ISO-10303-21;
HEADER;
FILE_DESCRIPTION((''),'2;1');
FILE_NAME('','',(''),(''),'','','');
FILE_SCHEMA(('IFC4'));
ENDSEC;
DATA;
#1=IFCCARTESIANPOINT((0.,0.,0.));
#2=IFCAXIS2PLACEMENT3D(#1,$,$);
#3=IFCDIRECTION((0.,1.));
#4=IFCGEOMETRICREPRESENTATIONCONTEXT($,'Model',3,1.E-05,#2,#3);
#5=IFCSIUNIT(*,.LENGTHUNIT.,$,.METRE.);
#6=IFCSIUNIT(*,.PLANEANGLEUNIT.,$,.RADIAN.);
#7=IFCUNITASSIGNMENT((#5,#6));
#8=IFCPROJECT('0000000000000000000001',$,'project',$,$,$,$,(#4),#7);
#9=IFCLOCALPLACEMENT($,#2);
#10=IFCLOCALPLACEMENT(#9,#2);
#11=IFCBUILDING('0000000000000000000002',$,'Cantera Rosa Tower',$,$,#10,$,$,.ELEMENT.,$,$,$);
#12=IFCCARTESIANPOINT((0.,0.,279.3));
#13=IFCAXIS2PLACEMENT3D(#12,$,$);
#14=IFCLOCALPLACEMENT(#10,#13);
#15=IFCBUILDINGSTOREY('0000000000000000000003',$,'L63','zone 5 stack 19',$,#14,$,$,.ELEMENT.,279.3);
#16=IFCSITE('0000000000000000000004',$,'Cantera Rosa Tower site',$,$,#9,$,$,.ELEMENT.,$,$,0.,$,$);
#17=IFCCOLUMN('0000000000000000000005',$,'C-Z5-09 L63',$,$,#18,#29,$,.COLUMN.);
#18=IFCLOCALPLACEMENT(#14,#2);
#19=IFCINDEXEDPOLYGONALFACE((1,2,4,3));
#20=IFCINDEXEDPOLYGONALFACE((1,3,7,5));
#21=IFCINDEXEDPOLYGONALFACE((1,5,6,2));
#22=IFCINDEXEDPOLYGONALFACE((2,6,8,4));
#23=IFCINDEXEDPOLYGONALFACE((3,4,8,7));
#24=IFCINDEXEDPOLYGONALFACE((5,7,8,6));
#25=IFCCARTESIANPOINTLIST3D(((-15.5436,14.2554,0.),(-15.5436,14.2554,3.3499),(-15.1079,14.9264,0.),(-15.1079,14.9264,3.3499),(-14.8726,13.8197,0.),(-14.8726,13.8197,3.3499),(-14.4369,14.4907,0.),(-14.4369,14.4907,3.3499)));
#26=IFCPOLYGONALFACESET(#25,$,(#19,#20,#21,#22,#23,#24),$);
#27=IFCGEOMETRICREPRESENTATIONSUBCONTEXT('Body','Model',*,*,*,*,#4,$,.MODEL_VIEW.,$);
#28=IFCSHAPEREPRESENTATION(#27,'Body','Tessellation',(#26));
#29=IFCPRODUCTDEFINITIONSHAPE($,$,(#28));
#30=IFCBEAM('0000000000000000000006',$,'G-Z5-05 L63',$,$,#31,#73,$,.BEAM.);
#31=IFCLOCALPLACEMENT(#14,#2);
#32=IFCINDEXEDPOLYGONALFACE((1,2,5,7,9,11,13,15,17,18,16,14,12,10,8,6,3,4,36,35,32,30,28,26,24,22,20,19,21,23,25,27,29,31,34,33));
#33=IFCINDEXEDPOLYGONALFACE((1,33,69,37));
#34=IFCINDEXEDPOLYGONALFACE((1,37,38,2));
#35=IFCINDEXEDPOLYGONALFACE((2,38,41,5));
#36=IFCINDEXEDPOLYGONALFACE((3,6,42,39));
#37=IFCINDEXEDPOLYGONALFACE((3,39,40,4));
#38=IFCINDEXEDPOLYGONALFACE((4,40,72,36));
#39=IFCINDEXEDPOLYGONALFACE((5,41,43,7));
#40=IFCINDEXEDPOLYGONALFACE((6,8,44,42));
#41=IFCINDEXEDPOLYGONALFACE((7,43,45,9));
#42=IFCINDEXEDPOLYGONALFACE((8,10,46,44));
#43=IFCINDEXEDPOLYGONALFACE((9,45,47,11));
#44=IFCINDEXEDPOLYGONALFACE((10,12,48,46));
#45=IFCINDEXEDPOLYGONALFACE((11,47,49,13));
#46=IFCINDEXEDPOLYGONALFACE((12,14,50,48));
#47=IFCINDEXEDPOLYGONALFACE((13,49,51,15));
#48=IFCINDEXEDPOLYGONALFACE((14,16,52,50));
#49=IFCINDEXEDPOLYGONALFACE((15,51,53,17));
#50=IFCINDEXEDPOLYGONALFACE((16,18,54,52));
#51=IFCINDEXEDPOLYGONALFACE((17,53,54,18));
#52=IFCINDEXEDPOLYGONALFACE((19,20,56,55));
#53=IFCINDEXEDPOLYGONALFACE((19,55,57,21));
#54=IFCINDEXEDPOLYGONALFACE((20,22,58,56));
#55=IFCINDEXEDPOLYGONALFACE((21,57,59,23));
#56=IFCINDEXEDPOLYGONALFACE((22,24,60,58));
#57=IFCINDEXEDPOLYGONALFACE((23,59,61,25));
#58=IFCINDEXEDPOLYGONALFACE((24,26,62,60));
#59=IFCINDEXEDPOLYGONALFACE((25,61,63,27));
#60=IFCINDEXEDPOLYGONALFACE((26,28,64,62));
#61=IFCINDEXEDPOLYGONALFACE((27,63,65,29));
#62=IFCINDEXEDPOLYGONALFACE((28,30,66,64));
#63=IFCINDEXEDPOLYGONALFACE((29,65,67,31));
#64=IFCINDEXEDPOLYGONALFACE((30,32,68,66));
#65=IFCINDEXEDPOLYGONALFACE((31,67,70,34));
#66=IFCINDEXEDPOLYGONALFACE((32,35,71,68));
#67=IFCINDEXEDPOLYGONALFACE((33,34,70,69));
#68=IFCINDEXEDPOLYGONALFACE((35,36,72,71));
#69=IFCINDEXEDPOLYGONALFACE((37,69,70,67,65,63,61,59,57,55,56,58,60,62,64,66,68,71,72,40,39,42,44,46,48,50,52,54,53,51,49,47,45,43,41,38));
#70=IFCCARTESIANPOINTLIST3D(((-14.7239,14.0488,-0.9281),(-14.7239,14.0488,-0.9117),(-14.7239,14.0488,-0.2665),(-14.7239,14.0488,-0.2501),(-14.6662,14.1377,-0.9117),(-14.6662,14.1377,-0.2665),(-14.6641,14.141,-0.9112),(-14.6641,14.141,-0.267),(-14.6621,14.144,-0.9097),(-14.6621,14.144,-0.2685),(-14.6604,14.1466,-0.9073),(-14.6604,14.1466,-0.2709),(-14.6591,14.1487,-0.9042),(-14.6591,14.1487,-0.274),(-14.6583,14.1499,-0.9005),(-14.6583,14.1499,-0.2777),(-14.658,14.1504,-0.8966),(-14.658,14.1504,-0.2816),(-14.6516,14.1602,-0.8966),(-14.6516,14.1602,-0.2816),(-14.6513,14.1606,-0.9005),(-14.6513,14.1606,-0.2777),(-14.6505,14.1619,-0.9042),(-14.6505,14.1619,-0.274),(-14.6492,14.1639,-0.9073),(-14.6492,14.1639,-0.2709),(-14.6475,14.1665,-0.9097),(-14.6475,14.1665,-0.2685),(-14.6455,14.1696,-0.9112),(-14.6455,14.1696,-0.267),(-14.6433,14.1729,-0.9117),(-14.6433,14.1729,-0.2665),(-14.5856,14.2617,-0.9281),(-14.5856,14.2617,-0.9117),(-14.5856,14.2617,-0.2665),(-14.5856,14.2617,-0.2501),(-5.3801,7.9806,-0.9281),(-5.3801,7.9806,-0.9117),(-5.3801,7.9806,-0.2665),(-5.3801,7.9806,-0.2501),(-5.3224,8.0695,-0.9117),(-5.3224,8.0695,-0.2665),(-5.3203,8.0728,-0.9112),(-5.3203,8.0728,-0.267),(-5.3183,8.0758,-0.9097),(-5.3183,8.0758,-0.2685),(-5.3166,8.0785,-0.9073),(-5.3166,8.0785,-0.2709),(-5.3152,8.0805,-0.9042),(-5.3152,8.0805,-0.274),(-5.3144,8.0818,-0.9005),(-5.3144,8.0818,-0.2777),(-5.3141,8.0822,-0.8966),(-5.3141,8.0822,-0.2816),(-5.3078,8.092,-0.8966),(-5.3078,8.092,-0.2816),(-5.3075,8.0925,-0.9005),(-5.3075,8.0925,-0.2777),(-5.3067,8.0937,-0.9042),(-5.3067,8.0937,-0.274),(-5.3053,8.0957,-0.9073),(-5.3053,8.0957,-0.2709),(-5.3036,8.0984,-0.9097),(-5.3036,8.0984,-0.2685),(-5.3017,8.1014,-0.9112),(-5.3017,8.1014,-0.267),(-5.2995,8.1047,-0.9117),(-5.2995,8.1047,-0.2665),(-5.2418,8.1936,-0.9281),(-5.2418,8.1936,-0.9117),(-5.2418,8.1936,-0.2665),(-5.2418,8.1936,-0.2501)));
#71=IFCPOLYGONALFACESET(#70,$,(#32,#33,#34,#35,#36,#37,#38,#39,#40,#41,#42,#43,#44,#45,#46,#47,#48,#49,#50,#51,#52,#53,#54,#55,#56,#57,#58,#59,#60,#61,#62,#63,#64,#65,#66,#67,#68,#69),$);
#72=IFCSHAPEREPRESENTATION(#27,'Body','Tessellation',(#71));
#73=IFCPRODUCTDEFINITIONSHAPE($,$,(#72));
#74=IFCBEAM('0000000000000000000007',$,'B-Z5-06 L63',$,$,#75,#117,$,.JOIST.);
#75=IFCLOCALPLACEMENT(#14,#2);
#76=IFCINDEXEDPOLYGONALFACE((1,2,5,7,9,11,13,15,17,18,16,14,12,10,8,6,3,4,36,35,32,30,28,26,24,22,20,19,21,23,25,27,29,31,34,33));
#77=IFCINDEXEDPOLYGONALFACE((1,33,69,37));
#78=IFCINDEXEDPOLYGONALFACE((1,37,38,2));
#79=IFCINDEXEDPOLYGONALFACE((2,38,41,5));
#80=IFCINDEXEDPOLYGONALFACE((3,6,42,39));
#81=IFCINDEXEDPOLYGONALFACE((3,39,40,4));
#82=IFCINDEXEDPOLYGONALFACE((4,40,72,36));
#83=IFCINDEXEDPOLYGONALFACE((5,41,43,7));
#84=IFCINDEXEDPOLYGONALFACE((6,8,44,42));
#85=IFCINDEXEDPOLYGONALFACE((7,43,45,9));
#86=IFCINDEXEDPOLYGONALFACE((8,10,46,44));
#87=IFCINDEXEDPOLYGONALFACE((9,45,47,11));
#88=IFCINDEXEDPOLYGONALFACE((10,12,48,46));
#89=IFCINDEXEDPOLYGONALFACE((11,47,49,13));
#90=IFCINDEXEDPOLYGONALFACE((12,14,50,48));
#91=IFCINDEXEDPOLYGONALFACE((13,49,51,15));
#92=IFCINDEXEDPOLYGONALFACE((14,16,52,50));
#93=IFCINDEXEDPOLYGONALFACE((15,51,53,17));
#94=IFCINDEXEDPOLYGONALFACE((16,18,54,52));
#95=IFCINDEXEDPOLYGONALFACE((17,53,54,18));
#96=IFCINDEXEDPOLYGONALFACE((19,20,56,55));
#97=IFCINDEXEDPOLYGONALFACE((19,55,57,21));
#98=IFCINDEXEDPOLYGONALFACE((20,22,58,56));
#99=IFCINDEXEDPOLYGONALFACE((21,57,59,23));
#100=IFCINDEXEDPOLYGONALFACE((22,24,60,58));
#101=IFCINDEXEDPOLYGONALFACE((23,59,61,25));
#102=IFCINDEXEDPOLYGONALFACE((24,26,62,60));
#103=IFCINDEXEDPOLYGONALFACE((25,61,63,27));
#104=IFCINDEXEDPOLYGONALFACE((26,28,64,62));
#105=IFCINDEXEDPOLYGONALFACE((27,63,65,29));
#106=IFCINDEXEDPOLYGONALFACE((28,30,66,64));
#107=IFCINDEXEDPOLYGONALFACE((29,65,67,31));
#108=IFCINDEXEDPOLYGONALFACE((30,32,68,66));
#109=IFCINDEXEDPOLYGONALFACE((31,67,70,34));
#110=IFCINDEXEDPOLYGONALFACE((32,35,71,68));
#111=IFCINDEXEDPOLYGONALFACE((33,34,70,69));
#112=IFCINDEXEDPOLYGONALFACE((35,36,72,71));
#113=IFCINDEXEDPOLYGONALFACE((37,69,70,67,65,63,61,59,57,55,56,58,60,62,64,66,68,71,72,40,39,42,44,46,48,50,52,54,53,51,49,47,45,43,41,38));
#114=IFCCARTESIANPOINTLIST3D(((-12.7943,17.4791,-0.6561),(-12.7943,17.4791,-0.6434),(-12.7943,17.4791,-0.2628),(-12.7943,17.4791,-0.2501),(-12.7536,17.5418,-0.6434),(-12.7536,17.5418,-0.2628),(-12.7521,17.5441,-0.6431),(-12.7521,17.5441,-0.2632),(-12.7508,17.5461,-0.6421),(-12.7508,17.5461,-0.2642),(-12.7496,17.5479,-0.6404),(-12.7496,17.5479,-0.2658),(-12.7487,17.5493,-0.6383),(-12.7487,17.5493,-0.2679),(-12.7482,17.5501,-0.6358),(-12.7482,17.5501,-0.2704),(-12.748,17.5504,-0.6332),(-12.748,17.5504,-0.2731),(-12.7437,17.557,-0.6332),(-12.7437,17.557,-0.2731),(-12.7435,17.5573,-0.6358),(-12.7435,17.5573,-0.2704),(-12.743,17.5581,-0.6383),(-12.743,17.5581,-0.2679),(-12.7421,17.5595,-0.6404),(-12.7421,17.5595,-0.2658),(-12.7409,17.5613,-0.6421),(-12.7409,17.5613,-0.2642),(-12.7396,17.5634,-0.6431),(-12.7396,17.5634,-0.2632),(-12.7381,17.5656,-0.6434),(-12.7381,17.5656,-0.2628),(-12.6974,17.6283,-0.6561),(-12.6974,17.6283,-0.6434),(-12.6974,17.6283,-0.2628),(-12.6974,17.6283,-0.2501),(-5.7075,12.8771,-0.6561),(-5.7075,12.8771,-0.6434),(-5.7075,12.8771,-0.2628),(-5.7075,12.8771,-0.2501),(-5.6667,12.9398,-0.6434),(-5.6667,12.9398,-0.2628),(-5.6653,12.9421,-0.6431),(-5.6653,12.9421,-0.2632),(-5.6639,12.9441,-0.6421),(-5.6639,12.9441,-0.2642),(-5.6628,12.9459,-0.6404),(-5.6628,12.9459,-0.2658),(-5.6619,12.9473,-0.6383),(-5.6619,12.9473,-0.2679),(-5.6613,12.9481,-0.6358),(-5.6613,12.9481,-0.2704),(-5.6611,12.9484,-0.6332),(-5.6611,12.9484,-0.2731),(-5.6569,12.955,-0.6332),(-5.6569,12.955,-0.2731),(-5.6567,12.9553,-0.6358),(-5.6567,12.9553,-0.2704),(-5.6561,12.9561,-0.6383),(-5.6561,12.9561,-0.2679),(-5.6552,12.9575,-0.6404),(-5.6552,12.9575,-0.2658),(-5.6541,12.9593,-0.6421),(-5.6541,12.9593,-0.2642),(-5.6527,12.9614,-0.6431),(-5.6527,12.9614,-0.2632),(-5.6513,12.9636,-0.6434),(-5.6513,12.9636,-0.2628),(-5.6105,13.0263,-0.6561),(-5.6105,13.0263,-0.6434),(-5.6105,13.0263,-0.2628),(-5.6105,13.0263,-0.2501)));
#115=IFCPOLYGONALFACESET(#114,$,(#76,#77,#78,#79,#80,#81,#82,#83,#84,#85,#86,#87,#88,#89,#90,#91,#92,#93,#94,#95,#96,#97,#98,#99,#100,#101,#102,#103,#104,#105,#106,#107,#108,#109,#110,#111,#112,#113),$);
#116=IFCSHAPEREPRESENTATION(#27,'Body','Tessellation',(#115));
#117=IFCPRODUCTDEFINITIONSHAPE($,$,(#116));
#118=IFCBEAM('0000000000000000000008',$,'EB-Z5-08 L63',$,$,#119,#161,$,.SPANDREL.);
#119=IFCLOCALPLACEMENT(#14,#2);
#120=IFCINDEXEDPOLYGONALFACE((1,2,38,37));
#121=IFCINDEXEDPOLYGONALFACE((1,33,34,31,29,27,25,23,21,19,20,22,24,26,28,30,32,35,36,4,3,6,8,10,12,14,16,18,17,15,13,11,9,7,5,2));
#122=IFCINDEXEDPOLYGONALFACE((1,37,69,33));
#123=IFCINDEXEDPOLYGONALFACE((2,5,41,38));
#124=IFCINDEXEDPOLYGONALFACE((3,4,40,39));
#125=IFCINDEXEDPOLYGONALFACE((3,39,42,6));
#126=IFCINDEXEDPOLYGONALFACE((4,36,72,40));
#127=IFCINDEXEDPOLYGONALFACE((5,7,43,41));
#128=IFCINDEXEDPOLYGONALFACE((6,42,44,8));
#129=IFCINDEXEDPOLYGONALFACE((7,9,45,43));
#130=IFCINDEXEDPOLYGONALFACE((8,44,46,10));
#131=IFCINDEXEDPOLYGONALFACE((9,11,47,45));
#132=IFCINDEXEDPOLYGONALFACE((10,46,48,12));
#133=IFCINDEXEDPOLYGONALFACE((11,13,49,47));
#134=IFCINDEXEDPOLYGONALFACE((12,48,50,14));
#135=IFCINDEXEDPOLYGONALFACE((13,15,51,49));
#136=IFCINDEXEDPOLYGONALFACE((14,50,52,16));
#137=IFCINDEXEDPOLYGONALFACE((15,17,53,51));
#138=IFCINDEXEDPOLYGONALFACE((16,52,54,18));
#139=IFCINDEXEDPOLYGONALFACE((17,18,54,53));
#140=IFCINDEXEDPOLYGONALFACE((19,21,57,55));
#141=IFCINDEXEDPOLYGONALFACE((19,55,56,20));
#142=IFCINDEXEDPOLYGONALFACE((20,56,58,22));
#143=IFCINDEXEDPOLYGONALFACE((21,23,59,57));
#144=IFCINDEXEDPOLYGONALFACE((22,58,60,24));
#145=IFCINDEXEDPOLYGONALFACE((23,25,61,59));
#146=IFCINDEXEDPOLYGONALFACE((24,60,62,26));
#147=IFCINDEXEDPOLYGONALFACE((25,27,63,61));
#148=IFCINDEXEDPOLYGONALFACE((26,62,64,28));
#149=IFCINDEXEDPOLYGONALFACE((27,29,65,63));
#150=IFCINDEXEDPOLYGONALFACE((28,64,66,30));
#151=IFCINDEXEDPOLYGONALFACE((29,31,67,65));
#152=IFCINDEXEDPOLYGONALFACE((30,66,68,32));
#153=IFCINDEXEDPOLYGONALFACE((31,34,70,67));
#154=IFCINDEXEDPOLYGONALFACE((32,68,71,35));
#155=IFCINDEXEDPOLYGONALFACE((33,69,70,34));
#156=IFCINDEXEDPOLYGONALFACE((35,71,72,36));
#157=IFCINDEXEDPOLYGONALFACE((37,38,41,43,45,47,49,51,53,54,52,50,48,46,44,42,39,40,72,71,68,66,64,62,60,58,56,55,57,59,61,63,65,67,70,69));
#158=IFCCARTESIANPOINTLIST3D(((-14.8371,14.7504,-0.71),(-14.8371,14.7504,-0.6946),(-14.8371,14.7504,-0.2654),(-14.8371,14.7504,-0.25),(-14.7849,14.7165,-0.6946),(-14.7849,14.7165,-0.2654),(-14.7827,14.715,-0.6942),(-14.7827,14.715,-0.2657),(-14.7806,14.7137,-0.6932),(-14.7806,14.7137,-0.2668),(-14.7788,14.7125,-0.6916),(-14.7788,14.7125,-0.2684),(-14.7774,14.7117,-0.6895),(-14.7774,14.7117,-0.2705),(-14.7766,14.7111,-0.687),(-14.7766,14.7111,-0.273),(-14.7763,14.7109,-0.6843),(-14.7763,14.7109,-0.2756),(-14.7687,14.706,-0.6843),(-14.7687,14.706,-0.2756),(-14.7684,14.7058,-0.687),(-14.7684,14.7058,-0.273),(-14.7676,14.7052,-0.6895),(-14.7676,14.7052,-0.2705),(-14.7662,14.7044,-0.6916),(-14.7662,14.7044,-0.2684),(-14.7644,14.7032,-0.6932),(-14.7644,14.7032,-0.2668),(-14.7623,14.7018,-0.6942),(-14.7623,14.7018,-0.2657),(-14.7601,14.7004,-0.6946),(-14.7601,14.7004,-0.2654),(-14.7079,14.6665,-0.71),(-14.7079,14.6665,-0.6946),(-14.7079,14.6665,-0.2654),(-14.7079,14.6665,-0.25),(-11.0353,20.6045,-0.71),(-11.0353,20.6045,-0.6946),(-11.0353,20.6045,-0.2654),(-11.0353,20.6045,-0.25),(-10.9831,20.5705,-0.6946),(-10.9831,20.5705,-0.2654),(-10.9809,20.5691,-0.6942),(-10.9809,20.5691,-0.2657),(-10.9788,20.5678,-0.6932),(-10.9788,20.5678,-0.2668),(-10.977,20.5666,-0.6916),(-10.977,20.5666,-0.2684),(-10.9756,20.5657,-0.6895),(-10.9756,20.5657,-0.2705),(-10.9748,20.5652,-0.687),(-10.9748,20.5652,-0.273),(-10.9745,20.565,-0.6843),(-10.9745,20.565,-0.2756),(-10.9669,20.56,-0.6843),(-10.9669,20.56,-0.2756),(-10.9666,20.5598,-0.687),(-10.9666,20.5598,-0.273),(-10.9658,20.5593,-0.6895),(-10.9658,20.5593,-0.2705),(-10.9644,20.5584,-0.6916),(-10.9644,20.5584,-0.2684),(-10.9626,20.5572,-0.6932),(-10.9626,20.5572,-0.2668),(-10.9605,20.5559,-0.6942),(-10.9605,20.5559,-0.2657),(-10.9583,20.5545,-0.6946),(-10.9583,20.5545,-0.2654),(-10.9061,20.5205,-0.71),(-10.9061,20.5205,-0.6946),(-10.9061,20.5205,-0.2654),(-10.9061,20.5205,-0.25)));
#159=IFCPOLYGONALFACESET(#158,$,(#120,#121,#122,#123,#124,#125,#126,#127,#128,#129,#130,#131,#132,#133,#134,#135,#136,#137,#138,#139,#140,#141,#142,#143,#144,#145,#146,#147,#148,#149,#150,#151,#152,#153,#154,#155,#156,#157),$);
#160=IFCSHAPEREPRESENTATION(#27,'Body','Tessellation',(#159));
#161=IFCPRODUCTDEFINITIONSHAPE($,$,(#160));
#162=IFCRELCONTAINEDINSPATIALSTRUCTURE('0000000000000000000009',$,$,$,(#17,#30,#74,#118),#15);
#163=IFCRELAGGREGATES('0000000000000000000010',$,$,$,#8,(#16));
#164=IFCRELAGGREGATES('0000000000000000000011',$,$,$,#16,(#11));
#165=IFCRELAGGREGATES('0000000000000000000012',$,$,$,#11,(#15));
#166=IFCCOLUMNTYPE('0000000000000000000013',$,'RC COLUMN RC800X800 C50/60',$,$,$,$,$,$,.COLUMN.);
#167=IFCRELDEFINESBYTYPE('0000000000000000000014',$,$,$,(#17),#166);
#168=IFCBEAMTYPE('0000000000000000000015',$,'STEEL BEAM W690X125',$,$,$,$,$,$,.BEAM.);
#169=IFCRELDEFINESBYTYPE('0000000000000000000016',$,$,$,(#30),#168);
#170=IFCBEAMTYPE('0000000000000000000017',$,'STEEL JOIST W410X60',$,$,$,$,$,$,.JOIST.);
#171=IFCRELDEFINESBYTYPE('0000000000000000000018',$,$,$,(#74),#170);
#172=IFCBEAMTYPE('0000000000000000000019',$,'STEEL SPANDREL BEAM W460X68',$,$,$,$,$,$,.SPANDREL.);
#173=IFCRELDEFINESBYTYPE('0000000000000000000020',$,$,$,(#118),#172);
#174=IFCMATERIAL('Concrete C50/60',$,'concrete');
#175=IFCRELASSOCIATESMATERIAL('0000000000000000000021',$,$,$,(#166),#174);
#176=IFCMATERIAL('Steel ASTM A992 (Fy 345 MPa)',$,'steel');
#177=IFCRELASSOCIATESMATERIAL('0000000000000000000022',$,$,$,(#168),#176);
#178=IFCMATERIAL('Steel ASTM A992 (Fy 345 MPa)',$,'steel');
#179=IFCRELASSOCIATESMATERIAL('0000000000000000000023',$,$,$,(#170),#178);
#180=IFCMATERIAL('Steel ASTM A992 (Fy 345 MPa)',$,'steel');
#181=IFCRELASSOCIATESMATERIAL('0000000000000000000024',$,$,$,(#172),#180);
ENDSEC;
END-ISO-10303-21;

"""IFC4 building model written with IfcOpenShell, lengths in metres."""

from ifc_helpers import new_model, si_unit, direction, frame, origin, origin_2d, place, context, subcontext, project, spatial, rectangle, i_section, extrude, material, material_profile, profile_set, type_object, element, save


model = new_model("IFC4")

# Units and contexts
model_context = context("Model", 3, precision=1e-05, world=origin(), true_north=direction((0.0, 1.0)))
body_context = subcontext(model_context, "Body", "Model", "MODEL_VIEW")
ifc_project = project(units=[si_unit("LENGTHUNIT", "METRE"), si_unit("PLANEANGLEUNIT", "RADIAN")], contexts=[model_context])

# Site, building, storey
site_placement = place(None, origin())
site = spatial("IfcSite", under=ifc_project, at=site_placement, Name="Cantera Rosa Tower site", CompositionType="ELEMENT", RefElevation=0.0)
building_placement = place(site_placement, origin())
building = spatial("IfcBuilding", under=site, at=building_placement, Name="Cantera Rosa Tower", CompositionType="ELEMENT")
storey_placement = place(building_placement, frame((0.0, 0.0, 279.3)))
storey = spatial("IfcBuildingStorey", under=building, at=storey_placement, Name="L63", Description="zone 5 stack 19", CompositionType="ELEMENT", Elevation=279.3)

# Column
ifc_material_1 = material(Name="Concrete C50/60", Category="concrete")
ifc_material_profile_1 = material_profile(ifc_material_1, rectangle(XDim=0.8, YDim=0.8, at=origin_2d()), Name="RC COLUMN RC800X800 C50/60")
ifc_profile_set_1 = profile_set([ifc_material_profile_1], Name="Concrete C50/60")
column_type = type_object("IfcColumnType", Name="RC COLUMN RC800X800 C50/60", PredefinedType="COLUMN", material=ifc_profile_set_1)
column_placement = place(storey_placement, frame((-14.9902, 14.373, 0.0), z_axis=(0.0, 0.0, 1.0), x_axis=(0.544639, 0.838671, 0.0)))
element("IfcColumn", 1, at=column_placement, inside=storey, type_object=column_type, Name="C-Z5-09 L63", PredefinedType="COLUMN", context=body_context, shape_type="SweptSolid", body=[
    extrude(rectangle(XDim=0.8, YDim=0.8, at=origin_2d()), origin(), (0.0, 0.0, 1.0), 3.3499),
])

# Beams
ifc_material_2 = material(Name="Steel ASTM A992 (Fy 345 MPa)", Category="steel")
ifc_material_profile_2 = material_profile(ifc_material_2, i_section(OverallWidth=0.2539, OverallDepth=0.678, WebThickness=0.0117, FlangeThickness=0.0164, FilletRadius=0.0151, at=origin_2d()), Name="W690X125")
ifc_profile_set_2 = profile_set([ifc_material_profile_2], Name="Steel ASTM A992 (Fy 345 MPa)")
beam_type_1 = type_object("IfcBeamType", Name="STEEL BEAM W690X125", PredefinedType="BEAM", material=ifc_profile_set_2)
beam_1_placement = place(storey_placement, frame((-14.6548, 14.1553, -0.5891), z_axis=(0.838662, -0.544652, 0.0), x_axis=(0.544652, 0.838662, 0.0)))
element("IfcBeam", 2, at=beam_1_placement, inside=storey, type_object=beam_type_1, Name="G-Z5-05 L63", PredefinedType="BEAM", context=body_context, shape_type="SweptSolid", body=[
    extrude(i_section(OverallWidth=0.2539, OverallDepth=0.678, WebThickness=0.0117, FlangeThickness=0.0164, FilletRadius=0.0151, at=origin_2d()), origin(), (0.0, 0.0, 1.0), 11.1414),
])
ifc_material_3 = material(Name="Steel ASTM A992 (Fy 345 MPa)", Category="steel")
ifc_material_profile_3 = material_profile(ifc_material_3, i_section(OverallWidth=0.178, OverallDepth=0.406, WebThickness=0.0078, FlangeThickness=0.0127, FilletRadius=0.0103, at=origin_2d()), Name="W410X60")
ifc_profile_set_3 = profile_set([ifc_material_profile_3], Name="Steel ASTM A992 (Fy 345 MPa)")
beam_type_2 = type_object("IfcBeamType", Name="STEEL JOIST W410X60", PredefinedType="JOIST", material=ifc_profile_set_3)
beam_2_placement = place(storey_placement, frame((-12.7458, 17.5537, -0.4531), z_axis=(0.838684, -0.544619, 0.0), x_axis=(0.544619, 0.838684, 0.0)))
element("IfcBeam", 3, at=beam_2_placement, inside=storey, type_object=beam_type_2, Name="B-Z5-06 L63", PredefinedType="JOIST", context=body_context, shape_type="SweptSolid", body=[
    extrude(i_section(OverallWidth=0.178, OverallDepth=0.406, WebThickness=0.0078, FlangeThickness=0.0127, FilletRadius=0.0103, at=origin_2d()), origin(), (0.0, 0.0, 1.0), 8.45),
])
ifc_material_4 = material(Name="Steel ASTM A992 (Fy 345 MPa)", Category="steel")
ifc_material_profile_4 = material_profile(ifc_material_4, i_section(OverallWidth=0.1541, OverallDepth=0.46, WebThickness=0.009, FlangeThickness=0.0154, FilletRadius=0.0103, at=origin_2d()), Name="W460X68")
ifc_profile_set_4 = profile_set([ifc_material_profile_4], Name="Steel ASTM A992 (Fy 345 MPa)")
beam_type_3 = type_object("IfcBeamType", Name="STEEL SPANDREL BEAM W460X68", PredefinedType="SPANDREL", material=ifc_profile_set_4)
for number, where, z_axis, x_axis, name in (
    (4, (-10.9707, 20.5625, -0.48), (-0.544651, -0.838663, 0.0), (0.838663, -0.544651, 0.0), "EB-Z5-08 L63"),
):
    element("IfcBeam", number, at=place(storey_placement, frame(where, z_axis=z_axis, x_axis=x_axis)), inside=storey, type_object=beam_type_3, Name=name, PredefinedType="SPANDREL", context=body_context, shape_type="SweptSolid", body=[
        extrude(i_section(OverallWidth=0.1541, OverallDepth=0.46, WebThickness=0.009, FlangeThickness=0.0154, FilletRadius=0.0103, at=origin_2d()), origin(), (0.0, 0.0, 1.0), 6.9802),
    ])

save(model, "model.ifc")
